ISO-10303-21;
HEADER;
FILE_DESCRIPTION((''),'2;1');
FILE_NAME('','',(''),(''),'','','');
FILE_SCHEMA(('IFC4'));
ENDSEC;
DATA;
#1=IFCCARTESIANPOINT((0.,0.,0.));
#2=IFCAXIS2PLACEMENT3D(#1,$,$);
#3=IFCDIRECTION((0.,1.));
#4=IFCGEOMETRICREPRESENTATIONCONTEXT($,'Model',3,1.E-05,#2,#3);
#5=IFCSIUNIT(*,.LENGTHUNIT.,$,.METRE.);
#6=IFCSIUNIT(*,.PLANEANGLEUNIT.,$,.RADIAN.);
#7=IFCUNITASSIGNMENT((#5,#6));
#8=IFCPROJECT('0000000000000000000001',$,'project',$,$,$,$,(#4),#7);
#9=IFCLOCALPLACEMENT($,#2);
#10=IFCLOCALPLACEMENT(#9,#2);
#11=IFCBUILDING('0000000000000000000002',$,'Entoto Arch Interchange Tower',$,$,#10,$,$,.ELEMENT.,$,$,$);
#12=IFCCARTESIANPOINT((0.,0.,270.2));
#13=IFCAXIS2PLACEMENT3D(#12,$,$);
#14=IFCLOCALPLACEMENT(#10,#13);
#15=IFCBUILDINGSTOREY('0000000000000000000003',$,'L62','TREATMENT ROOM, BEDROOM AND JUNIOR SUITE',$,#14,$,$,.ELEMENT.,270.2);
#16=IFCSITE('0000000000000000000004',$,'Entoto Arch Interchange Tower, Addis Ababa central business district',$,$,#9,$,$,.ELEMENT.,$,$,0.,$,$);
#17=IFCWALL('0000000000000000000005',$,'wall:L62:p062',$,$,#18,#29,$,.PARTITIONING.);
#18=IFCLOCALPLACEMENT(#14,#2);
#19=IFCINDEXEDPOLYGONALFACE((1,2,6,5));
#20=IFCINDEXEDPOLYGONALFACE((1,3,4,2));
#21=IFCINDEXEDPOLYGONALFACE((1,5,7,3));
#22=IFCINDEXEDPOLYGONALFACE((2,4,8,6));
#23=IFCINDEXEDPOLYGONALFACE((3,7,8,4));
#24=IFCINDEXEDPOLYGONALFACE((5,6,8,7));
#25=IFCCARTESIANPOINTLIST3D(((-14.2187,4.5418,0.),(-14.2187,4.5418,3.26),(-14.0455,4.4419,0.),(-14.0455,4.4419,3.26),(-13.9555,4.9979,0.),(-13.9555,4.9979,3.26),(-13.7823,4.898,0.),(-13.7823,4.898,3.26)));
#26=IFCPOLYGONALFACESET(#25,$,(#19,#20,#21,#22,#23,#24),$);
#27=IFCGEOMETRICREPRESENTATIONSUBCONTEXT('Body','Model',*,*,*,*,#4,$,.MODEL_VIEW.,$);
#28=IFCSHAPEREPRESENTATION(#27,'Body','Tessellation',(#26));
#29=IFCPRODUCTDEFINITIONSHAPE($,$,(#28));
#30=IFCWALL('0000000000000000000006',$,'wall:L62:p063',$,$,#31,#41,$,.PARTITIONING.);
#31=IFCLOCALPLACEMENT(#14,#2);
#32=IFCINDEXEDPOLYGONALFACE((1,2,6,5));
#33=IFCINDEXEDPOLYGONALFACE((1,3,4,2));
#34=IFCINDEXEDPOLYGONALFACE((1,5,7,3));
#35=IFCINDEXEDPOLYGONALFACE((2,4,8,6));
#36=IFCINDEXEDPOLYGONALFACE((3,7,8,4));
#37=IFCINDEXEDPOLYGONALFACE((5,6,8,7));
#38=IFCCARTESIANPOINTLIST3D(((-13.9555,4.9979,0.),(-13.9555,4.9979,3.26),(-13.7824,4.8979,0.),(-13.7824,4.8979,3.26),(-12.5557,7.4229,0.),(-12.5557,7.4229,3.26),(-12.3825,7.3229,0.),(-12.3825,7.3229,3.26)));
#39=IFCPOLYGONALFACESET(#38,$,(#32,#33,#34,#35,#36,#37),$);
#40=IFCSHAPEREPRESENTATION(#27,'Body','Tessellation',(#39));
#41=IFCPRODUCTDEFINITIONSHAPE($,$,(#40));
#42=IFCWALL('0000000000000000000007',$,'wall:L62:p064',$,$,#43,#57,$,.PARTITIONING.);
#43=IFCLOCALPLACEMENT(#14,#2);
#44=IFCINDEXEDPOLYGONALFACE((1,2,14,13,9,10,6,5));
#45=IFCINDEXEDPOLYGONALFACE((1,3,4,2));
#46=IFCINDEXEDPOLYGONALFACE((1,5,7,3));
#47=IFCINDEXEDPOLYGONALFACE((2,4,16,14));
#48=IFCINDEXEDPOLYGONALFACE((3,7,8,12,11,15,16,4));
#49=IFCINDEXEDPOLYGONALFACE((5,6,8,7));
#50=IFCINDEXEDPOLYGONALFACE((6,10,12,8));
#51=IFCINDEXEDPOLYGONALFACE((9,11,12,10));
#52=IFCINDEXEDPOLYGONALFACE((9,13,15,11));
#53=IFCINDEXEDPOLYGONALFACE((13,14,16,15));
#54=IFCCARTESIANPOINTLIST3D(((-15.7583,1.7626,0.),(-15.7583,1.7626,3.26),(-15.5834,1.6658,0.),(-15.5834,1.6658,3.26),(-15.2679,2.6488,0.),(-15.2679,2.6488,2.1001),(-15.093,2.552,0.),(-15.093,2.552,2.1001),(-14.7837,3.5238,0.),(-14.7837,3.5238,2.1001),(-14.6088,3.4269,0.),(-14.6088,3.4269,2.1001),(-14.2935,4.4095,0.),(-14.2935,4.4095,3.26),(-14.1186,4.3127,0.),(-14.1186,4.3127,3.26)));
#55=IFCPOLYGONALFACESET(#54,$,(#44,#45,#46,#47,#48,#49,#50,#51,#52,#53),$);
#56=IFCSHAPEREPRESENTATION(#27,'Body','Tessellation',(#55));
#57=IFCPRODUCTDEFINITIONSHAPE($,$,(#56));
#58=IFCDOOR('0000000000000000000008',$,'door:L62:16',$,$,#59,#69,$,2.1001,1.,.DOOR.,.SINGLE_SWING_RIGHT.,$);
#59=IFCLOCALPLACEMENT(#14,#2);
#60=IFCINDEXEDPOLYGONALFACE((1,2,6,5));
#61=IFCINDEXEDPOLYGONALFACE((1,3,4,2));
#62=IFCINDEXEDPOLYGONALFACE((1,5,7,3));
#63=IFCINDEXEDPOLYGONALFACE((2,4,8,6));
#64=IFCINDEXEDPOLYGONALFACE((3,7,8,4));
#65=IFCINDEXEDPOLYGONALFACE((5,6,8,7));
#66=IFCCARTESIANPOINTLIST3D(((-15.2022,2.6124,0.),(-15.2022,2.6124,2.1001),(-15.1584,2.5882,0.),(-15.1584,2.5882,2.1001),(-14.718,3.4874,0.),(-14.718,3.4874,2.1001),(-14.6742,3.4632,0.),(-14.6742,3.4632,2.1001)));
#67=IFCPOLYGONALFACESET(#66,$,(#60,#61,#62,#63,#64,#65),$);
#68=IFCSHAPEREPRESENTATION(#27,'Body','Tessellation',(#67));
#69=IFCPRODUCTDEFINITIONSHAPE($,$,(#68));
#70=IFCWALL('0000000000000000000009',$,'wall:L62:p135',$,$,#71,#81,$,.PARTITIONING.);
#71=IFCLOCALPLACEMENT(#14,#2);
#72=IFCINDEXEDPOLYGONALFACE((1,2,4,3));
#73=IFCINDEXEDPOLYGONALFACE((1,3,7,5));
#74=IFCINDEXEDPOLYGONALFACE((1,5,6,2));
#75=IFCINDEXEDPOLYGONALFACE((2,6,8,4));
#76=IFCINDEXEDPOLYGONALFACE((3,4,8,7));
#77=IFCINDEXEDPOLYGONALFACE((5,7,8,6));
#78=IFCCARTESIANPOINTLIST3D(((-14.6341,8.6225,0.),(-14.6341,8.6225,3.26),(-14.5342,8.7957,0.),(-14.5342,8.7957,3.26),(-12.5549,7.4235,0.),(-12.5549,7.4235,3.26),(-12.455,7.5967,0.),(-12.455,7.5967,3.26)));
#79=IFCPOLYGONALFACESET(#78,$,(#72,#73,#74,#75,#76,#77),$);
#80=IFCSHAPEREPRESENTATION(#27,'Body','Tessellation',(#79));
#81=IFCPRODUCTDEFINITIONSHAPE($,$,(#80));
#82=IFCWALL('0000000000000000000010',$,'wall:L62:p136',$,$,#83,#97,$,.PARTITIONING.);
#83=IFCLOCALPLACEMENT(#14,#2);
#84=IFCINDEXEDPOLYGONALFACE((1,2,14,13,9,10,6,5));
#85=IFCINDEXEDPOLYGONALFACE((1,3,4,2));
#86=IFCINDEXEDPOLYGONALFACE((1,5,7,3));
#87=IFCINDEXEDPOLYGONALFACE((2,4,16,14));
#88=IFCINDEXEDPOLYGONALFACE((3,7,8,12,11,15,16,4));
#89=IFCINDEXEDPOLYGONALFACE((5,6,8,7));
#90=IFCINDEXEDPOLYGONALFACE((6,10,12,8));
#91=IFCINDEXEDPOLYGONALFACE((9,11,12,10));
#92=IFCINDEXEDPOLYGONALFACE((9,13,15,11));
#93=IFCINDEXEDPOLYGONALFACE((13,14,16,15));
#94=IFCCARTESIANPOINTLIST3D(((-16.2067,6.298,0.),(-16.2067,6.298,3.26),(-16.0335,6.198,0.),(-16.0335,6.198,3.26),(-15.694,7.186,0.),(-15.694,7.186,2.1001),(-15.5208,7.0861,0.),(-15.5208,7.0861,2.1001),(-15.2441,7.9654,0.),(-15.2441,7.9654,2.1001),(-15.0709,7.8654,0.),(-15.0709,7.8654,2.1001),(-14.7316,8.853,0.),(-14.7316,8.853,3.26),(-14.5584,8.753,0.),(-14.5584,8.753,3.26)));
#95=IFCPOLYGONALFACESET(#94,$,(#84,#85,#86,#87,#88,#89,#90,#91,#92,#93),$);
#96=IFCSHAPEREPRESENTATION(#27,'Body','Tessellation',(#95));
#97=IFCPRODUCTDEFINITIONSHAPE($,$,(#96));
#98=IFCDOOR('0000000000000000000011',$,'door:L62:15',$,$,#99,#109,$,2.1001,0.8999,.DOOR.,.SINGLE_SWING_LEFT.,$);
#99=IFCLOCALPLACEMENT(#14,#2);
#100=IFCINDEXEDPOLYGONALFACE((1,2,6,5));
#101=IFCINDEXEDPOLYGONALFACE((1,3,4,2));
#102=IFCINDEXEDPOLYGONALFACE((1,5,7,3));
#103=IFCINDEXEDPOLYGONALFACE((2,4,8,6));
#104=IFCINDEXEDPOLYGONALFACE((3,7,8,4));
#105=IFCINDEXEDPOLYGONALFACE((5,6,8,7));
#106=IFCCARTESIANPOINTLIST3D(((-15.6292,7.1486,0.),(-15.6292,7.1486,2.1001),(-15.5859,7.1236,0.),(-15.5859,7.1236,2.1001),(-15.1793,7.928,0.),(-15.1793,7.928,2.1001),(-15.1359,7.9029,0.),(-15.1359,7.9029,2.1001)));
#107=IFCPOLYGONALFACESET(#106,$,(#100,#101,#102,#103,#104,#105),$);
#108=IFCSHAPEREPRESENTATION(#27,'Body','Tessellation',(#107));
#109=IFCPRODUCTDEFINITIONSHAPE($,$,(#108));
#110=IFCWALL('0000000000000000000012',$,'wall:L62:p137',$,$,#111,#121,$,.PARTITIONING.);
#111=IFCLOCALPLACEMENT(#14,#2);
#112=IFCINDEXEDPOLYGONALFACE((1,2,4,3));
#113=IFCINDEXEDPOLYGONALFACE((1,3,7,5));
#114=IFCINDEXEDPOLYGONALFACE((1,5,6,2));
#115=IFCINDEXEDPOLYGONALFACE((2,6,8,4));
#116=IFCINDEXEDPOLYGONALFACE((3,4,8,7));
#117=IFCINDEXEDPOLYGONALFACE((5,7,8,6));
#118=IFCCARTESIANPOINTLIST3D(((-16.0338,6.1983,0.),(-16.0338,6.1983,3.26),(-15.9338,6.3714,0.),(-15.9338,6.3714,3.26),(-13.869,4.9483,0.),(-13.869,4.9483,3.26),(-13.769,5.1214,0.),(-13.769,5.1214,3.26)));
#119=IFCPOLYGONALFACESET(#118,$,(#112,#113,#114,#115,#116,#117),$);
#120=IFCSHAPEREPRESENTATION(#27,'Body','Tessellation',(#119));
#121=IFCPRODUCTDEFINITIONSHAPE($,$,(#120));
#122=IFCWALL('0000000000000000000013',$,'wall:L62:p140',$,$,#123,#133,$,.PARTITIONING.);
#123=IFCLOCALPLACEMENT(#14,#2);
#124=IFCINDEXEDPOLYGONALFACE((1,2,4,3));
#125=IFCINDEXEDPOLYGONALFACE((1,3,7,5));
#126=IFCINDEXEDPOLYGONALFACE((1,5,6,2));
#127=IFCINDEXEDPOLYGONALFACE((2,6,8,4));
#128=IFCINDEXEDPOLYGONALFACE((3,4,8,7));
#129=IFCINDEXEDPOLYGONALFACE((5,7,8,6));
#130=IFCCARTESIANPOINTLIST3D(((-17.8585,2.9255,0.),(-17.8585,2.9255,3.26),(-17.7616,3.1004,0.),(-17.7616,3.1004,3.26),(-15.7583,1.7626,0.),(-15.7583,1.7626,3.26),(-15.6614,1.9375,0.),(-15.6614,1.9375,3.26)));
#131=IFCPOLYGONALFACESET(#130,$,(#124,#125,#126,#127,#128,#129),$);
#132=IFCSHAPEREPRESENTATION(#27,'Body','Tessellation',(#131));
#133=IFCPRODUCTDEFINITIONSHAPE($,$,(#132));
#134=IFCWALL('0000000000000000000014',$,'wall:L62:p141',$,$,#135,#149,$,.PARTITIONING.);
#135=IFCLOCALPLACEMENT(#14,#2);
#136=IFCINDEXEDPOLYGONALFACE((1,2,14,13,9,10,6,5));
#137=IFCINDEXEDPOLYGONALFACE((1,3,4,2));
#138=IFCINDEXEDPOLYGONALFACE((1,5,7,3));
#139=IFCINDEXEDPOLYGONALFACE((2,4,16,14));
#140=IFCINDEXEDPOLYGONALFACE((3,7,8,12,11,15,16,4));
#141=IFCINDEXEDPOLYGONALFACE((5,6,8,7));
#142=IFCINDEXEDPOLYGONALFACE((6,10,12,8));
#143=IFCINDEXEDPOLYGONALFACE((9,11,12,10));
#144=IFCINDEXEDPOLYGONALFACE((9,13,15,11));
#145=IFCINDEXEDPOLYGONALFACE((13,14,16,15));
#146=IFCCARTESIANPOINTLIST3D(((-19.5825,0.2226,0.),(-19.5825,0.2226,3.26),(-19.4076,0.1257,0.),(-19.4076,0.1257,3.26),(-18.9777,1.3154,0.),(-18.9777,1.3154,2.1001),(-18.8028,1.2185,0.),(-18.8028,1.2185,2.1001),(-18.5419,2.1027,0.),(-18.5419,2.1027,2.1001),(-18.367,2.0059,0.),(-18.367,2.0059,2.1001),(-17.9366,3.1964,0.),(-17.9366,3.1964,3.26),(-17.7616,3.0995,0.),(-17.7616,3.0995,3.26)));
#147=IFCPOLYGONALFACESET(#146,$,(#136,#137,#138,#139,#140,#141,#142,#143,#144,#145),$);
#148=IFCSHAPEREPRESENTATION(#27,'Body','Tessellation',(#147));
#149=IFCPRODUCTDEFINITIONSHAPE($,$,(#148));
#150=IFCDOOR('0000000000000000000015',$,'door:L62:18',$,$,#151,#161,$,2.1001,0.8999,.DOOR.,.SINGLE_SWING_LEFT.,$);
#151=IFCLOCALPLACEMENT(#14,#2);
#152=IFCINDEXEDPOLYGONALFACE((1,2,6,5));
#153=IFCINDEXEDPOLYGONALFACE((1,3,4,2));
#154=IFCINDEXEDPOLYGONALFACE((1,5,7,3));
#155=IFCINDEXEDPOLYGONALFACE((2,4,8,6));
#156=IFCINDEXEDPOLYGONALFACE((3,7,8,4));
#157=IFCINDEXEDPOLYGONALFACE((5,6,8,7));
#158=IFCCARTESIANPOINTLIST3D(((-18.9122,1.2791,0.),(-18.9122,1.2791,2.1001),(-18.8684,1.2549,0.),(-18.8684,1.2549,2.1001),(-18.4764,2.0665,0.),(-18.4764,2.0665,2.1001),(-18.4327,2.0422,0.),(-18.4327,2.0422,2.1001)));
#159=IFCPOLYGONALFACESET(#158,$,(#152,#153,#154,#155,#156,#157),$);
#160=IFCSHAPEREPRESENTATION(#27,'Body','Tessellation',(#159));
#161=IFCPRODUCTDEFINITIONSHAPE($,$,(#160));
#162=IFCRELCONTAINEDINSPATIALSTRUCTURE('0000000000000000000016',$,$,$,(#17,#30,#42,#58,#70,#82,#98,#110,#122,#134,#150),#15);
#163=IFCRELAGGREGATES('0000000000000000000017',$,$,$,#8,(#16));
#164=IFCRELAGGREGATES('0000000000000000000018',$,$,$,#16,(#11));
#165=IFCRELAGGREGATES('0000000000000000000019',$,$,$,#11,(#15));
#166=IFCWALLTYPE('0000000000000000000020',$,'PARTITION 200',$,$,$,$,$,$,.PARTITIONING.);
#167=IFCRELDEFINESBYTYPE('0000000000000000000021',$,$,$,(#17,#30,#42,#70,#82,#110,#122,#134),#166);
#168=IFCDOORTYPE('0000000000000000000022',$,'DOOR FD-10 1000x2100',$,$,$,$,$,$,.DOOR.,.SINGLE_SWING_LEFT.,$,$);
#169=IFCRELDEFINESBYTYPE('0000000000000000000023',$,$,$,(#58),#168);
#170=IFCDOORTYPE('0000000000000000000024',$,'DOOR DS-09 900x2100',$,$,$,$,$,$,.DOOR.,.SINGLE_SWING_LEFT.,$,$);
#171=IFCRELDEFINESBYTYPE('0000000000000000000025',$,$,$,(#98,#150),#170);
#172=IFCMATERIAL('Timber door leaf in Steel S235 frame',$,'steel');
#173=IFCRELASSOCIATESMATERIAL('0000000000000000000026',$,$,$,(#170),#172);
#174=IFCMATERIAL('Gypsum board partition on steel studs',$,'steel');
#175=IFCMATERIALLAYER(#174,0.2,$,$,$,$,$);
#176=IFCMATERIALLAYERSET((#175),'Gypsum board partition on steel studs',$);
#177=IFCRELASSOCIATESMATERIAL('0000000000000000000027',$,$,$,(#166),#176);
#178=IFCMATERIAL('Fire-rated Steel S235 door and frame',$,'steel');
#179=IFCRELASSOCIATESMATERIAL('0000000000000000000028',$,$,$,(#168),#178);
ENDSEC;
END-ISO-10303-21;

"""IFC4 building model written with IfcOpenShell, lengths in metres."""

from ifc_helpers import new_model, si_unit, direction, frame, frame_2d, origin, place, context, subcontext, project, spatial, rectangle, extrude, material, layer, layer_set, type_object, element, fill, save


model = new_model("IFC4")

# Units and contexts
model_context = context("Model", 3, precision=1e-05, world=origin(), true_north=direction((0.0, 1.0)))
body_context = subcontext(model_context, "Body", "Model", "MODEL_VIEW")
ifc_project = project(units=[si_unit("LENGTHUNIT", "METRE"), si_unit("PLANEANGLEUNIT", "RADIAN")], contexts=[model_context])

# Site, building, storey
site_placement = place(None, origin())
site = spatial("IfcSite", under=ifc_project, at=site_placement, Name="Entoto Arch Interchange Tower, Addis Ababa central business district", CompositionType="ELEMENT", RefElevation=0.0)
building_placement = place(site_placement, origin())
building = spatial("IfcBuilding", under=site, at=building_placement, Name="Entoto Arch Interchange Tower", CompositionType="ELEMENT")
storey_placement = place(building_placement, frame((0.0, 0.0, 270.2)))
storey = spatial("IfcBuildingStorey", under=building, at=storey_placement, Name="L62", Description="TREATMENT ROOM, BEDROOM AND JUNIOR SUITE", CompositionType="ELEMENT", Elevation=270.2)

# Shared definitions
ifc_material_1 = material(Name="Gypsum board partition on steel studs", Category="steel")
ifc_material_2 = material(Name="Timber door leaf in Steel S235 frame", Category="steel")
door_type_1 = type_object("IfcDoorType", Name="DOOR DS-09 900x2100", OperationType="SINGLE_SWING_LEFT", PredefinedType="DOOR", material=ifc_material_2)

# Shared definitions
ifc_layer_1 = layer(ifc_material_1, 0.2)
ifc_layer_set_1 = layer_set([ifc_layer_1], Name="Gypsum board partition on steel studs")
wall_type_1 = type_object("IfcWallType", Name="PARTITION 200", PredefinedType="PARTITIONING", material=ifc_layer_set_1)

# Walls
wall_1_placement = place(storey_placement, frame((-14.1321, 4.4919, 0.0), z_axis=(0.0, 0.0, 1.0), x_axis=(0.499829, 0.866124, 0.0)))
element("IfcWall", 1, at=wall_1_placement, inside=storey, type_object=wall_type_1, Name="wall:L62:p062", PredefinedType="PARTITIONING", context=body_context, shape_type="SweptSolid", body=[
    extrude(rectangle(XDim=0.5266, YDim=0.2, at=frame_2d((0.2632, 0.0))), origin(), (0.0, 0.0, 1.0), 3.26),
])
wall_2_placement = place(storey_placement, frame((-13.8689, 4.948, 0.0), z_axis=(0.0, 0.0, 1.0), x_axis=(0.499946, 0.866056, 0.0)))
element("IfcWall", 2, at=wall_2_placement, inside=storey, type_object=wall_type_1, Name="wall:L62:p063", PredefinedType="PARTITIONING", context=body_context, shape_type="SweptSolid", body=[
    extrude(rectangle(XDim=2.8, YDim=0.2, at=frame_2d((1.3999, 0.0))), origin(), (0.0, 0.0, 1.0), 3.26),
])

# Wall, opening, door
wall_3_placement = place(storey_placement, frame((-15.6709, 1.7141, 0.0), z_axis=(0.0, 0.0, 1.0), x_axis=(0.484203, 0.874955, 0.0)))
wall_3 = element("IfcWall", 3, at=wall_3_placement, inside=storey, type_object=wall_type_1, Name="wall:L62:p064", PredefinedType="PARTITIONING", context=body_context, shape_type="SweptSolid", body=[
    extrude(rectangle(XDim=3.0251, YDim=0.2, at=frame_2d((1.5127, 0.0))), origin(), (0.0, 0.0, 1.0), 3.26),
])
opening_1_placement = place(wall_3_placement, frame((1.0129, 0.0, 0.0)))
opening_1 = element("IfcOpeningElement", 4, at=opening_1_placement, cuts=wall_3, PredefinedType="OPENING", context=body_context, shape_type="SweptSolid", body=[
    extrude(rectangle(XDim=1.0, YDim=2.1001, at=frame_2d((0.5, 1.05))), frame((0.0, 0.1099, 0.0), z_axis=(0.0, -1.0, 0.0), x_axis=(1.0, 0.0, 0.0)), (0.0, 0.0, 1.0), 0.22),
])
ifc_material_3 = material(Name="Fire-rated Steel S235 door and frame", Category="steel")
door_type_2 = type_object("IfcDoorType", Name="DOOR FD-10 1000x2100", OperationType="SINGLE_SWING_LEFT", PredefinedType="DOOR", material=ifc_material_3)
door_1_placement = place(opening_1_placement, origin())
door_1 = element("IfcDoor", 5, at=door_1_placement, inside=storey, type_object=door_type_2, Name="door:L62:16", OperationType="SINGLE_SWING_RIGHT", OverallHeight=2.1001, OverallWidth=1.0, PredefinedType="DOOR", context=body_context, shape_type="SweptSolid", body=[
    extrude(rectangle(XDim=1.0, YDim=2.1001, at=frame_2d((0.5, 1.05))), frame((0.0, 0.0249, 0.0), z_axis=(0.0, -1.0, 0.0), x_axis=(1.0, 0.0, 0.0)), (0.0, 0.0, 1.0), 0.05),
])
fill(opening_1, door_1)

# Wall
wall_4_placement = place(storey_placement, frame((-12.5049, 7.51, 0.0), z_axis=(0.0, 0.0, 1.0), x_axis=(-0.866277, 0.499564, 0.0)))
element("IfcWall", 6, at=wall_4_placement, inside=storey, type_object=wall_type_1, Name="wall:L62:p135", PredefinedType="PARTITIONING", context=body_context, shape_type="SweptSolid", body=[
    extrude(rectangle(XDim=2.4001, YDim=0.2, at=frame_2d((1.2002, 0.0))), origin(), (0.0, 0.0, 1.0), 3.26),
])

# Wall, opening, door
wall_5_placement = place(storey_placement, frame((-14.645, 8.803, 0.0), z_axis=(0.0, 0.0, 1.0), x_axis=(-0.500002, -0.866024, 0.0)))
wall_5 = element("IfcWall", 7, at=wall_5_placement, inside=storey, type_object=wall_type_1, Name="wall:L62:p136", PredefinedType="PARTITIONING", context=body_context, shape_type="SweptSolid", body=[
    extrude(rectangle(XDim=2.9502, YDim=0.2, at=frame_2d((1.4751, 0.0))), origin(), (0.0, 0.0, 1.0), 3.26),
])
opening_2_placement = place(wall_5_placement, frame((1.0249, 0.0, 0.0)))
opening_2 = element("IfcOpeningElement", 8, at=opening_2_placement, cuts=wall_5, PredefinedType="OPENING", context=body_context, shape_type="SweptSolid", body=[
    extrude(rectangle(XDim=0.8999, YDim=2.1001, at=frame_2d((0.45, 1.05))), frame((0.0, 0.1099, 0.0), z_axis=(0.0, -1.0, 0.0), x_axis=(1.0, 0.0, 0.0)), (0.0, 0.0, 1.0), 0.22),
])
door_2_placement = place(opening_2_placement, origin())
door_2 = element("IfcDoor", 9, at=door_2_placement, inside=storey, type_object=door_type_1, Name="door:L62:15", OperationType="SINGLE_SWING_LEFT", OverallHeight=2.1001, OverallWidth=0.8999, PredefinedType="DOOR", context=body_context, shape_type="SweptSolid", body=[
    extrude(rectangle(XDim=0.8999, YDim=2.1001, at=frame_2d((0.45, 1.05))), frame((0.0, 0.0249, 0.0), z_axis=(0.0, -1.0, 0.0), x_axis=(1.0, 0.0, 0.0)), (0.0, 0.0, 1.0), 0.05),
])
fill(opening_2, door_2)

# Walls
wall_6_placement = place(storey_placement, frame((-15.9839, 6.2849, 0.0), z_axis=(0.0, 0.0, 1.0), x_axis=(0.865999, -0.500047, 0.0)))
element("IfcWall", 10, at=wall_6_placement, inside=storey, type_object=wall_type_1, Name="wall:L62:p137", PredefinedType="PARTITIONING", context=body_context, shape_type="SweptSolid", body=[
    extrude(rectangle(XDim=2.4998, YDim=0.2, at=frame_2d((1.25, 0.0))), origin(), (0.0, 0.0, 1.0), 3.26),
])
wall_7_placement = place(storey_placement, frame((-15.71, 1.8501, 0.0), z_axis=(0.0, 0.0, 1.0), x_axis=(-0.874842, 0.484408, 0.0)))
element("IfcWall", 11, at=wall_7_placement, inside=storey, type_object=wall_type_1, Name="wall:L62:p140", PredefinedType="PARTITIONING", context=body_context, shape_type="SweptSolid", body=[
    extrude(rectangle(XDim=2.4006, YDim=0.2, at=frame_2d((1.2002, 0.0))), origin(), (0.0, 0.0, 1.0), 3.26),
])

# Wall, opening, door
wall_8_placement = place(storey_placement, frame((-17.8491, 3.1479, 0.0), z_axis=(0.0, 0.0, 1.0), x_axis=(-0.484258, -0.874925, 0.0)))
wall_8 = element("IfcWall", 12, at=wall_8_placement, inside=storey, type_object=wall_type_1, Name="wall:L62:p141", PredefinedType="PARTITIONING", context=body_context, shape_type="SweptSolid", body=[
    extrude(rectangle(XDim=3.3989, YDim=0.2, at=frame_2d((1.6995, 0.0))), origin(), (0.0, 0.0, 1.0), 3.26),
])
opening_3_placement = place(wall_8_placement, frame((1.25, 0.0, 0.0)))
opening_3 = element("IfcOpeningElement", 13, at=opening_3_placement, cuts=wall_8, PredefinedType="OPENING", context=body_context, shape_type="SweptSolid", body=[
    extrude(rectangle(XDim=0.8999, YDim=2.1001, at=frame_2d((0.45, 1.05))), frame((0.0, 0.1099, 0.0), z_axis=(0.0, -1.0, 0.0), x_axis=(1.0, 0.0, 0.0)), (0.0, 0.0, 1.0), 0.22),
])
door_3_placement = place(opening_3_placement, origin())
door_3 = element("IfcDoor", 14, at=door_3_placement, inside=storey, type_object=door_type_1, Name="door:L62:18", OperationType="SINGLE_SWING_LEFT", OverallHeight=2.1001, OverallWidth=0.8999, PredefinedType="DOOR", context=body_context, shape_type="SweptSolid", body=[
    extrude(rectangle(XDim=0.8999, YDim=2.1001, at=frame_2d((0.45, 1.05))), frame((0.0, 0.0249, 0.0), z_axis=(0.0, -1.0, 0.0), x_axis=(1.0, 0.0, 0.0)), (0.0, 0.0, 1.0), 0.05),
])
fill(opening_3, door_3)

save(model, "model.ifc")
